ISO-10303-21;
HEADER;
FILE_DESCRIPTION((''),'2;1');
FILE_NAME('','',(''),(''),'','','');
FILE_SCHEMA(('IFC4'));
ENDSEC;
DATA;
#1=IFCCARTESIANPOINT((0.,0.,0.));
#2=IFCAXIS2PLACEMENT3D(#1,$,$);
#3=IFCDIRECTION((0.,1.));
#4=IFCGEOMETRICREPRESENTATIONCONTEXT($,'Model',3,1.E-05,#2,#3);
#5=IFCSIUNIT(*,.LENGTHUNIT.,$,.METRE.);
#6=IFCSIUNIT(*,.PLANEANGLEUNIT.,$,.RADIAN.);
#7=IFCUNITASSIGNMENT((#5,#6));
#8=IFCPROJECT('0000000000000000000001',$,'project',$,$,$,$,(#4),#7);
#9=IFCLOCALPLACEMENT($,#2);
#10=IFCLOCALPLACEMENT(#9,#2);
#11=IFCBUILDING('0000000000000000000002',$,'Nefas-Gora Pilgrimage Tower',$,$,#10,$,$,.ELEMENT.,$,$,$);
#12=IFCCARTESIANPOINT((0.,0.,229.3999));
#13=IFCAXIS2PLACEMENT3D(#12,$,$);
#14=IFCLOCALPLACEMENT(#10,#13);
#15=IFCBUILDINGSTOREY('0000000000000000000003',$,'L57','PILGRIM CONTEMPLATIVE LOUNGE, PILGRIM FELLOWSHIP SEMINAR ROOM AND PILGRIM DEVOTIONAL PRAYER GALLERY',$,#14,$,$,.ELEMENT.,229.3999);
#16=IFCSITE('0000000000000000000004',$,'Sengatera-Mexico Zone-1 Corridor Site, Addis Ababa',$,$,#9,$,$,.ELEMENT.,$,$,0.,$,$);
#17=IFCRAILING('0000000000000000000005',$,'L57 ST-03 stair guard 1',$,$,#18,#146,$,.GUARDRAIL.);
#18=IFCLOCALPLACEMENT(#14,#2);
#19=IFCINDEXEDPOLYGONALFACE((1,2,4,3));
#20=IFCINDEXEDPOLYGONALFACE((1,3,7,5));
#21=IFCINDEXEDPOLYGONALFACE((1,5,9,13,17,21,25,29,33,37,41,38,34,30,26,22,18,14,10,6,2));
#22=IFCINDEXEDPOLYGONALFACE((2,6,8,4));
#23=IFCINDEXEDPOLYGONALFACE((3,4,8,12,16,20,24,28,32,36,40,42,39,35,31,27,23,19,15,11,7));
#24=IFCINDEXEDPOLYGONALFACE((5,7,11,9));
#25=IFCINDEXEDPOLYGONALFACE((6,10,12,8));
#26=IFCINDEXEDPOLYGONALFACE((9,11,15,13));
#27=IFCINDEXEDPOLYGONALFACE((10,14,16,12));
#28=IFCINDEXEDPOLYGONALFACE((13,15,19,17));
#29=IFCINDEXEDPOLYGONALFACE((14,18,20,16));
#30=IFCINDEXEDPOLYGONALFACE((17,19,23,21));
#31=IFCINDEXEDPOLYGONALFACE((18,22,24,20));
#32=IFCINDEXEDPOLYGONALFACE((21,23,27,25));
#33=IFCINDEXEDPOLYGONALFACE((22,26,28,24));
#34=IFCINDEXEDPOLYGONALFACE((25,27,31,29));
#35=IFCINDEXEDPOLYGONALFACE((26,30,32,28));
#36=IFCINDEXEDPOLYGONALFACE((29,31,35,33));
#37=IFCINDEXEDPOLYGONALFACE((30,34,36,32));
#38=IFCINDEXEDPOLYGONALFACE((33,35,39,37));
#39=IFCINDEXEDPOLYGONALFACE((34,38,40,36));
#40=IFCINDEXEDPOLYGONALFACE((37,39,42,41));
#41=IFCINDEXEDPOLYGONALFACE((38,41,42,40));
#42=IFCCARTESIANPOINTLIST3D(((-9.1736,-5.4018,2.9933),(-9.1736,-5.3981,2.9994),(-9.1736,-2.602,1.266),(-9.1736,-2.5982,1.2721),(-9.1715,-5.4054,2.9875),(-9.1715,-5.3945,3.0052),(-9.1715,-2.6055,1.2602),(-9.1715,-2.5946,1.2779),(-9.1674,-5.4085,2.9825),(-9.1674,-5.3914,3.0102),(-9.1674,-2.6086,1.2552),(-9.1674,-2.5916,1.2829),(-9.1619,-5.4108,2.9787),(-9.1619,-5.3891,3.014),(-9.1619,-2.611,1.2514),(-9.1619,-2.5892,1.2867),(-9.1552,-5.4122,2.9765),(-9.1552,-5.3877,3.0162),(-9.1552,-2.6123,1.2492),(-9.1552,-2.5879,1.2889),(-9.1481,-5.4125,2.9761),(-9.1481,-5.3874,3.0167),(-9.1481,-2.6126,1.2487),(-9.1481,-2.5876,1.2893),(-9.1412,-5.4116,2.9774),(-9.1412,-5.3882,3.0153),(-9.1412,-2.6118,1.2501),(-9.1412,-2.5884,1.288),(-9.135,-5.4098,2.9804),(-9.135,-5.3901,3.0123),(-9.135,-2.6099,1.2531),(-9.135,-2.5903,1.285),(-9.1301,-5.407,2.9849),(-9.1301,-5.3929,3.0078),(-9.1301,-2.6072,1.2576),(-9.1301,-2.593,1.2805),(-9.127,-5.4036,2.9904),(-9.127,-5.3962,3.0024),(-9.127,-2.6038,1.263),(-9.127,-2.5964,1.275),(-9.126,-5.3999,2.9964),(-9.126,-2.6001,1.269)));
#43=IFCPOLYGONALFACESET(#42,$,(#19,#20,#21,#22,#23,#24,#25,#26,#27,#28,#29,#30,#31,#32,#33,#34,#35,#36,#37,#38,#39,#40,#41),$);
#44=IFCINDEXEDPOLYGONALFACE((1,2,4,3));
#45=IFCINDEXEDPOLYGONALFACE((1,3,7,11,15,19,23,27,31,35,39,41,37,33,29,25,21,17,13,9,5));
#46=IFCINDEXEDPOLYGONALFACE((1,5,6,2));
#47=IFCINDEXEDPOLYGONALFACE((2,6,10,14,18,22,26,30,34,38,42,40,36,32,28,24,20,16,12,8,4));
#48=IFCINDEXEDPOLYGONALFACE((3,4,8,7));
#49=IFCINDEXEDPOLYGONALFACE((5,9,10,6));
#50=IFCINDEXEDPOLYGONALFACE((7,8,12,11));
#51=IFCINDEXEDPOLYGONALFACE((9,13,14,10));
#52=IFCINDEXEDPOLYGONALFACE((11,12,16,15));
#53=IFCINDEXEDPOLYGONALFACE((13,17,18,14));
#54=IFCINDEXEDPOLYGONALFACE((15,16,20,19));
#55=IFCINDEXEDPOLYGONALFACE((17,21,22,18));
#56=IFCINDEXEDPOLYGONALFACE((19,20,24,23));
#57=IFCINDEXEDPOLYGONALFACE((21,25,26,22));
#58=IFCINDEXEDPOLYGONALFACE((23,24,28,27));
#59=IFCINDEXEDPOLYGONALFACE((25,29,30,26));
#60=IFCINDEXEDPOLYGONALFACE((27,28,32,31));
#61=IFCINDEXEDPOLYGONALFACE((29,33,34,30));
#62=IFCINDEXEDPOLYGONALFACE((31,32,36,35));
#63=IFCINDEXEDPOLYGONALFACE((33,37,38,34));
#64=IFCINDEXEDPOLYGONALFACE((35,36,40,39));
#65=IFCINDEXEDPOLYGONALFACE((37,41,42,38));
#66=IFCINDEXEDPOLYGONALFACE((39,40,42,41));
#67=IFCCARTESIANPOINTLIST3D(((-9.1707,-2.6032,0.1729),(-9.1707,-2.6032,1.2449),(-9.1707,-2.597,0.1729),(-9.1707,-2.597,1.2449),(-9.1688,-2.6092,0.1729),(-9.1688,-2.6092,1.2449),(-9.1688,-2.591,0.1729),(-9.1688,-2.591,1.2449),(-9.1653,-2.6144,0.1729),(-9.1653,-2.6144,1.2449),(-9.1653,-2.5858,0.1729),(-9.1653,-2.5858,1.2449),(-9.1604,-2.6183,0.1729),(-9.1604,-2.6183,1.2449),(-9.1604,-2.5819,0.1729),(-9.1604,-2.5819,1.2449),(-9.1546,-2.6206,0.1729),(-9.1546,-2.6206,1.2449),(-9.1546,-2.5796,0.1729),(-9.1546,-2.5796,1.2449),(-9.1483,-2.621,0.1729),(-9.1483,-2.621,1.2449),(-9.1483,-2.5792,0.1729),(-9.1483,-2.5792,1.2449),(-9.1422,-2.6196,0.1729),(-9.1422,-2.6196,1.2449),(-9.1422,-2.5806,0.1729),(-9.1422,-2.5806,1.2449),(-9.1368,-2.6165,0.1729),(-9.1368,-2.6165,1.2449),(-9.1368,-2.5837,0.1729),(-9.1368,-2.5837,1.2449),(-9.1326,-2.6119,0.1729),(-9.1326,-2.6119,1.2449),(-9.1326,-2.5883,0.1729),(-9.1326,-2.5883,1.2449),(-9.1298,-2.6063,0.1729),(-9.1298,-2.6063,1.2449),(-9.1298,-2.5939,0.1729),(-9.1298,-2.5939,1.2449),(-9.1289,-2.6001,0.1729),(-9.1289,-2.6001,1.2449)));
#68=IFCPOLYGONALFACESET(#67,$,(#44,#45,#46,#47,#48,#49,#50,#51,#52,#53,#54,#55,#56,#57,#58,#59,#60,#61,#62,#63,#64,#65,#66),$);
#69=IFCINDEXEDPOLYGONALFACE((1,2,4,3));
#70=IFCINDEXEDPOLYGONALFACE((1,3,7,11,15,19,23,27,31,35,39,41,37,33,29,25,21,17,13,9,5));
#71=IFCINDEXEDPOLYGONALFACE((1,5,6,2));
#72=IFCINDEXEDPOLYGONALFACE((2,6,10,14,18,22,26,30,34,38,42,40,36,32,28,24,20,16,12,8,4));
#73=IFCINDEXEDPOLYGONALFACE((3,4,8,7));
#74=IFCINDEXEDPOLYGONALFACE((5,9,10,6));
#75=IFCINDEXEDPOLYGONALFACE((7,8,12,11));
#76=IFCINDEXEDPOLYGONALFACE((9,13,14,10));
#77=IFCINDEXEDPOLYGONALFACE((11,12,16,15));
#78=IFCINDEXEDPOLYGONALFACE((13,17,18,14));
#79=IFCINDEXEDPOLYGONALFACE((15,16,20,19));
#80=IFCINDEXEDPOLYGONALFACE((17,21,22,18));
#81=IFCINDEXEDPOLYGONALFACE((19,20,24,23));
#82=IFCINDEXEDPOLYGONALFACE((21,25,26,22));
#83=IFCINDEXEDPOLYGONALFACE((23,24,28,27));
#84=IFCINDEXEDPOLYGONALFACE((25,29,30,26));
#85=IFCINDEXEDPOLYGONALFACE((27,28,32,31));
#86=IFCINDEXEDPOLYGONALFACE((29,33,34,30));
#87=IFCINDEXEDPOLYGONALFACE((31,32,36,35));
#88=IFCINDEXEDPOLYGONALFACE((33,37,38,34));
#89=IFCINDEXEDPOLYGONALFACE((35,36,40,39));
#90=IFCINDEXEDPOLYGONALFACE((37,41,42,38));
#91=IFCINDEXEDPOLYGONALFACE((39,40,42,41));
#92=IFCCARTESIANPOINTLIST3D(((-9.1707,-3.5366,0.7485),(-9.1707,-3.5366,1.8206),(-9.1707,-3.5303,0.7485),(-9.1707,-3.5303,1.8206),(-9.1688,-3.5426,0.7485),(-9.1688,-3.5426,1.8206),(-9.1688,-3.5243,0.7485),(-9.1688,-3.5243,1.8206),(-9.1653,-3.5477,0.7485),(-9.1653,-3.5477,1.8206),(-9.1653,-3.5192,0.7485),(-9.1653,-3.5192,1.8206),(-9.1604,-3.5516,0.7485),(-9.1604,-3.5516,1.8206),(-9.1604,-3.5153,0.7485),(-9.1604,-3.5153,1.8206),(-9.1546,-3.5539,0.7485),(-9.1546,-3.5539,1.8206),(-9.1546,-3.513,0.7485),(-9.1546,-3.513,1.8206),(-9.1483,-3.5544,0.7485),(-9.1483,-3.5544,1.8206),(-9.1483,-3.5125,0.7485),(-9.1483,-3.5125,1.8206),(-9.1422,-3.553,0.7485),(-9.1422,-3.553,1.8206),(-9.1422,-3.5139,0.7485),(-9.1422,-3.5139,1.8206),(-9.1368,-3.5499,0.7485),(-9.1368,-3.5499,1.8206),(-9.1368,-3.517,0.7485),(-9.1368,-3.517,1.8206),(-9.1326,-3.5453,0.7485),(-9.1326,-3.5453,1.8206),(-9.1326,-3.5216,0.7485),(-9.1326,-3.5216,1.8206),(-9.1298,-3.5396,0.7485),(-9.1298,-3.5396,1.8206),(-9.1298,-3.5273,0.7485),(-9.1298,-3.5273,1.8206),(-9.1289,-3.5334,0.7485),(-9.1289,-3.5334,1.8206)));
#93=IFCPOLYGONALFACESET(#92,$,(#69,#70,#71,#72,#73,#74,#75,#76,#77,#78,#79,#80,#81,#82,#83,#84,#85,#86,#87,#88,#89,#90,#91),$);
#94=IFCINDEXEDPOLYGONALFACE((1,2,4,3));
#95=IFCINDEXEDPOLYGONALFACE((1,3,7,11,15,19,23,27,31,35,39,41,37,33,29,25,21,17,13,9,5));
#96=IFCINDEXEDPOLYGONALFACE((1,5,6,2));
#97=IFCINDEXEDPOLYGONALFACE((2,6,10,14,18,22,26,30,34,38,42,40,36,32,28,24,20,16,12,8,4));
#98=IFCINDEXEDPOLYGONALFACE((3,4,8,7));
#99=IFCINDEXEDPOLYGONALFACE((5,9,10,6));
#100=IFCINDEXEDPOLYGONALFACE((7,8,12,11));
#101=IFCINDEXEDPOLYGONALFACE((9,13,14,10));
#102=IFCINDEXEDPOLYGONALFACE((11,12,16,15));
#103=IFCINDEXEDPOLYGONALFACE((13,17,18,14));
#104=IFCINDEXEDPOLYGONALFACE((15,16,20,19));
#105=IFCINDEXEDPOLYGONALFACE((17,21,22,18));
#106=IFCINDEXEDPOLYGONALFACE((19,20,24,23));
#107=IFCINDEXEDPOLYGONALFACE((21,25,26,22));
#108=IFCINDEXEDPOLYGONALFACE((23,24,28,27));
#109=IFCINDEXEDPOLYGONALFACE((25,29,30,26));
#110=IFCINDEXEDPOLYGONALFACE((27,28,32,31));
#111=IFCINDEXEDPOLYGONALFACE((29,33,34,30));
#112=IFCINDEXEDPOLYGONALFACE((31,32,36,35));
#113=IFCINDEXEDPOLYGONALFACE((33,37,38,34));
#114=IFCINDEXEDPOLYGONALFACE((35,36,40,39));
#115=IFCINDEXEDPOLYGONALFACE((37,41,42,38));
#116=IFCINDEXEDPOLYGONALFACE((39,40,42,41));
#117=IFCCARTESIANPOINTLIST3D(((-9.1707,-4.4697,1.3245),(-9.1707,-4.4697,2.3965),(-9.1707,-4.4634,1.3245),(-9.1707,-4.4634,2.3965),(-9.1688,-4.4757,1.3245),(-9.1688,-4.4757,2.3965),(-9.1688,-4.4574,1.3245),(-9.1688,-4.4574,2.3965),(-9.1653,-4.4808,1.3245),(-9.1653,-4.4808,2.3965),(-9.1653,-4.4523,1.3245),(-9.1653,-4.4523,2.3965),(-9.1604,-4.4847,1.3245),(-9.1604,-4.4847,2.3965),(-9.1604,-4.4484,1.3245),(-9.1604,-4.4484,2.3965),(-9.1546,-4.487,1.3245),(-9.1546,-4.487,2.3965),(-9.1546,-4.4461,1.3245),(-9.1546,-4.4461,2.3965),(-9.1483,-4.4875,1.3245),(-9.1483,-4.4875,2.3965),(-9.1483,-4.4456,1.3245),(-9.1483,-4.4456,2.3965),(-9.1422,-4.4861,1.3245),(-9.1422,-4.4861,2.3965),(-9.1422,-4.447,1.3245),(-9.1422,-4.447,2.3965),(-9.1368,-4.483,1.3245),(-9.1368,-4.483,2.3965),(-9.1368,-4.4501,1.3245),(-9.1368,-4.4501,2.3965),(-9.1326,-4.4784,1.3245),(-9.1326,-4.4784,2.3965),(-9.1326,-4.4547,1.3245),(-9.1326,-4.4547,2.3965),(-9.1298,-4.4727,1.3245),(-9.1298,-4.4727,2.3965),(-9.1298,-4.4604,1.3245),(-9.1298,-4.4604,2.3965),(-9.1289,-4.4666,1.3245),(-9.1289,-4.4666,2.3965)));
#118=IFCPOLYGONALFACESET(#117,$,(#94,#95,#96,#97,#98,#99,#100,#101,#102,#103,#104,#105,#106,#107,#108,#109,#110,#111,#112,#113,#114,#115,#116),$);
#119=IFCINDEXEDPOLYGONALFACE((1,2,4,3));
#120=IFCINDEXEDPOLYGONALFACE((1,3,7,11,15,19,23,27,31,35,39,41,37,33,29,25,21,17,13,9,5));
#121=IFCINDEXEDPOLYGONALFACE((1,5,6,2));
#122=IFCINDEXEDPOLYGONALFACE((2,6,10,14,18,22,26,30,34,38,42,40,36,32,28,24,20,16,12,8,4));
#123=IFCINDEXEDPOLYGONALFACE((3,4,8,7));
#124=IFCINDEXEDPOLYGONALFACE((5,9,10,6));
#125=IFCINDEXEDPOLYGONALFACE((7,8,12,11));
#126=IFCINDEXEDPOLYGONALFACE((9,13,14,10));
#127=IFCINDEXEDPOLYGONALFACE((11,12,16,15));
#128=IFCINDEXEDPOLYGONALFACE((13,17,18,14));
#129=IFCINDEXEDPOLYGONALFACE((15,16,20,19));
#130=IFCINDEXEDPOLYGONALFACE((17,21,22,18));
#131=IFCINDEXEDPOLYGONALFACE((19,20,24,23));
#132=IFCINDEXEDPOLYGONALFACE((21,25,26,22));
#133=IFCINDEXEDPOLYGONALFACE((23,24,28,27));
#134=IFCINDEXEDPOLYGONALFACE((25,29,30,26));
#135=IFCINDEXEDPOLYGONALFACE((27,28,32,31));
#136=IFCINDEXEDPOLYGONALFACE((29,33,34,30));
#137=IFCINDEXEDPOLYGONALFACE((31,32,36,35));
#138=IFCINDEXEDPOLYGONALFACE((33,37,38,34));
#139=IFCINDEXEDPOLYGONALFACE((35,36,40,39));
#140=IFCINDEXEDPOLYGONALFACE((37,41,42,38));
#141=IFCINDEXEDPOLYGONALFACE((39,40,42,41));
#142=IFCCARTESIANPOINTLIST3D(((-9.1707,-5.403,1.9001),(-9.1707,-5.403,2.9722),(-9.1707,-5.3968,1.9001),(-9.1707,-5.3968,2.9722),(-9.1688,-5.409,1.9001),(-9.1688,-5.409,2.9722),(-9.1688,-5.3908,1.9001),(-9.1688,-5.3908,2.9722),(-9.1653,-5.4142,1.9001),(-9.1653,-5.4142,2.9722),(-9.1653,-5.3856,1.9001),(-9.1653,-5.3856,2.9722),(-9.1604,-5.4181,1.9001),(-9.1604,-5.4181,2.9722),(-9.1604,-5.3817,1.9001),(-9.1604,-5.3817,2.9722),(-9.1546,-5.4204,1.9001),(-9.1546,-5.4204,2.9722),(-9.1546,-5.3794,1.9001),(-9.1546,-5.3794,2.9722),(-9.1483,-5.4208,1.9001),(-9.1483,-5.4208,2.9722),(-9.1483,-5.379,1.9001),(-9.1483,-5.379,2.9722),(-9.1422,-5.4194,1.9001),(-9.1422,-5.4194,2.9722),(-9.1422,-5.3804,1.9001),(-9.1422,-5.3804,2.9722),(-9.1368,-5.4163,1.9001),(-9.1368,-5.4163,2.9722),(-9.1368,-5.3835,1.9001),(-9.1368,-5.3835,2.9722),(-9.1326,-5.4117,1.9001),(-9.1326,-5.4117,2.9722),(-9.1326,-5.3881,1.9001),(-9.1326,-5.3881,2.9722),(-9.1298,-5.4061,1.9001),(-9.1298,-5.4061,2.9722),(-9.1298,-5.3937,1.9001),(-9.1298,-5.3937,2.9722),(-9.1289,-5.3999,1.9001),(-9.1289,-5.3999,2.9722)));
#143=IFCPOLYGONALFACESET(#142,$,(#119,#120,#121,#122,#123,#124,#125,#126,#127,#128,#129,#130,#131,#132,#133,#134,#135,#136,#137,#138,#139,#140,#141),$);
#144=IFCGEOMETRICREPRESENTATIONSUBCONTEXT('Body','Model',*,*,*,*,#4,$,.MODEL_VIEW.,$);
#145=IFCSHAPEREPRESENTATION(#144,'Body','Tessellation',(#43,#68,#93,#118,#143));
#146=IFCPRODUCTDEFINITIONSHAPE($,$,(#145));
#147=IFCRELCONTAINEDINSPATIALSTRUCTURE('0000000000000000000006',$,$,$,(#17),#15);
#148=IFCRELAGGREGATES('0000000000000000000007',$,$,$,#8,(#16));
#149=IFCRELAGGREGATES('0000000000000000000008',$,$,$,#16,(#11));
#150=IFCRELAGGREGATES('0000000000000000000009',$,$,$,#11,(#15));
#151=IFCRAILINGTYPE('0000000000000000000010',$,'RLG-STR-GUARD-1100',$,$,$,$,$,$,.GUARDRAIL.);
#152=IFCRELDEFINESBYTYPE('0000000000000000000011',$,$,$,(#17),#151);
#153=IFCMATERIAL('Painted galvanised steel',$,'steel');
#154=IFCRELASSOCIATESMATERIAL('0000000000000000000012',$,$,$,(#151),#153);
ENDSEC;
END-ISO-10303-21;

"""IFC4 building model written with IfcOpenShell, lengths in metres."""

from ifc_helpers import new_model, si_unit, direction, frame, origin, origin_2d, place, context, subcontext, project, spatial, circle, extrude, material, type_object, element, save


model = new_model("IFC4")

# Units and contexts
model_context = context("Model", 3, precision=1e-05, world=origin(), true_north=direction((0.0, 1.0)))
body_context = subcontext(model_context, "Body", "Model", "MODEL_VIEW")
ifc_project = project(units=[si_unit("LENGTHUNIT", "METRE"), si_unit("PLANEANGLEUNIT", "RADIAN")], contexts=[model_context])

# Site, building, storey
site_placement = place(None, origin())
site = spatial("IfcSite", under=ifc_project, at=site_placement, Name="Sengatera-Mexico Zone-1 Corridor Site, Addis Ababa", CompositionType="ELEMENT", RefElevation=0.0)
building_placement = place(site_placement, origin())
building = spatial("IfcBuilding", under=site, at=building_placement, Name="Nefas-Gora Pilgrimage Tower", CompositionType="ELEMENT")
storey_placement = place(building_placement, frame((0.0, 0.0, 229.3999)))
storey = spatial("IfcBuildingStorey", under=building, at=storey_placement, Name="L57", Description="PILGRIM CONTEMPLATIVE LOUNGE, PILGRIM FELLOWSHIP SEMINAR ROOM AND PILGRIM DEVOTIONAL PRAYER GALLERY", CompositionType="ELEMENT", Elevation=229.3999)

# Railing
ifc_material_1 = material(Name="Painted galvanised steel", Category="steel")
railing_type_1 = type_object("IfcRailingType", Name="RLG-STR-GUARD-1100", PredefinedType="GUARDRAIL", material=ifc_material_1)
railing_1_placement = place(storey_placement, frame((-9.1499, -2.6001, 0.1729)))
element("IfcRailing", 1, at=railing_1_placement, inside=storey, type_object=railing_type_1, Name="L57 ST-03 stair guard 1", PredefinedType="GUARDRAIL", context=body_context, shape_type="SweptSolid", body=[
    extrude(circle(Radius=0.0239, at=origin_2d()), frame((0.0, 0.0, 1.0962), z_axis=(0.0, -0.851069, 0.525054), x_axis=(1.0, 0.0, 0.0)), (0.0, 0.0, 1.0), 3.2898),
    extrude(circle(Radius=0.021, at=origin_2d()), origin(), (0.0, 0.0, 1.0), 1.072),
    extrude(circle(Radius=0.021, at=origin_2d()), frame((0.0, -0.9333, 0.5757)), (0.0, 0.0, 1.0), 1.072),
    extrude(circle(Radius=0.021, at=origin_2d()), frame((0.0, -1.8665, 1.1516)), (0.0, 0.0, 1.0), 1.072),
    extrude(circle(Radius=0.021, at=origin_2d()), frame((0.0, -2.7998, 1.7273)), (0.0, 0.0, 1.0), 1.072),
])

save(model, "model.ifc")
